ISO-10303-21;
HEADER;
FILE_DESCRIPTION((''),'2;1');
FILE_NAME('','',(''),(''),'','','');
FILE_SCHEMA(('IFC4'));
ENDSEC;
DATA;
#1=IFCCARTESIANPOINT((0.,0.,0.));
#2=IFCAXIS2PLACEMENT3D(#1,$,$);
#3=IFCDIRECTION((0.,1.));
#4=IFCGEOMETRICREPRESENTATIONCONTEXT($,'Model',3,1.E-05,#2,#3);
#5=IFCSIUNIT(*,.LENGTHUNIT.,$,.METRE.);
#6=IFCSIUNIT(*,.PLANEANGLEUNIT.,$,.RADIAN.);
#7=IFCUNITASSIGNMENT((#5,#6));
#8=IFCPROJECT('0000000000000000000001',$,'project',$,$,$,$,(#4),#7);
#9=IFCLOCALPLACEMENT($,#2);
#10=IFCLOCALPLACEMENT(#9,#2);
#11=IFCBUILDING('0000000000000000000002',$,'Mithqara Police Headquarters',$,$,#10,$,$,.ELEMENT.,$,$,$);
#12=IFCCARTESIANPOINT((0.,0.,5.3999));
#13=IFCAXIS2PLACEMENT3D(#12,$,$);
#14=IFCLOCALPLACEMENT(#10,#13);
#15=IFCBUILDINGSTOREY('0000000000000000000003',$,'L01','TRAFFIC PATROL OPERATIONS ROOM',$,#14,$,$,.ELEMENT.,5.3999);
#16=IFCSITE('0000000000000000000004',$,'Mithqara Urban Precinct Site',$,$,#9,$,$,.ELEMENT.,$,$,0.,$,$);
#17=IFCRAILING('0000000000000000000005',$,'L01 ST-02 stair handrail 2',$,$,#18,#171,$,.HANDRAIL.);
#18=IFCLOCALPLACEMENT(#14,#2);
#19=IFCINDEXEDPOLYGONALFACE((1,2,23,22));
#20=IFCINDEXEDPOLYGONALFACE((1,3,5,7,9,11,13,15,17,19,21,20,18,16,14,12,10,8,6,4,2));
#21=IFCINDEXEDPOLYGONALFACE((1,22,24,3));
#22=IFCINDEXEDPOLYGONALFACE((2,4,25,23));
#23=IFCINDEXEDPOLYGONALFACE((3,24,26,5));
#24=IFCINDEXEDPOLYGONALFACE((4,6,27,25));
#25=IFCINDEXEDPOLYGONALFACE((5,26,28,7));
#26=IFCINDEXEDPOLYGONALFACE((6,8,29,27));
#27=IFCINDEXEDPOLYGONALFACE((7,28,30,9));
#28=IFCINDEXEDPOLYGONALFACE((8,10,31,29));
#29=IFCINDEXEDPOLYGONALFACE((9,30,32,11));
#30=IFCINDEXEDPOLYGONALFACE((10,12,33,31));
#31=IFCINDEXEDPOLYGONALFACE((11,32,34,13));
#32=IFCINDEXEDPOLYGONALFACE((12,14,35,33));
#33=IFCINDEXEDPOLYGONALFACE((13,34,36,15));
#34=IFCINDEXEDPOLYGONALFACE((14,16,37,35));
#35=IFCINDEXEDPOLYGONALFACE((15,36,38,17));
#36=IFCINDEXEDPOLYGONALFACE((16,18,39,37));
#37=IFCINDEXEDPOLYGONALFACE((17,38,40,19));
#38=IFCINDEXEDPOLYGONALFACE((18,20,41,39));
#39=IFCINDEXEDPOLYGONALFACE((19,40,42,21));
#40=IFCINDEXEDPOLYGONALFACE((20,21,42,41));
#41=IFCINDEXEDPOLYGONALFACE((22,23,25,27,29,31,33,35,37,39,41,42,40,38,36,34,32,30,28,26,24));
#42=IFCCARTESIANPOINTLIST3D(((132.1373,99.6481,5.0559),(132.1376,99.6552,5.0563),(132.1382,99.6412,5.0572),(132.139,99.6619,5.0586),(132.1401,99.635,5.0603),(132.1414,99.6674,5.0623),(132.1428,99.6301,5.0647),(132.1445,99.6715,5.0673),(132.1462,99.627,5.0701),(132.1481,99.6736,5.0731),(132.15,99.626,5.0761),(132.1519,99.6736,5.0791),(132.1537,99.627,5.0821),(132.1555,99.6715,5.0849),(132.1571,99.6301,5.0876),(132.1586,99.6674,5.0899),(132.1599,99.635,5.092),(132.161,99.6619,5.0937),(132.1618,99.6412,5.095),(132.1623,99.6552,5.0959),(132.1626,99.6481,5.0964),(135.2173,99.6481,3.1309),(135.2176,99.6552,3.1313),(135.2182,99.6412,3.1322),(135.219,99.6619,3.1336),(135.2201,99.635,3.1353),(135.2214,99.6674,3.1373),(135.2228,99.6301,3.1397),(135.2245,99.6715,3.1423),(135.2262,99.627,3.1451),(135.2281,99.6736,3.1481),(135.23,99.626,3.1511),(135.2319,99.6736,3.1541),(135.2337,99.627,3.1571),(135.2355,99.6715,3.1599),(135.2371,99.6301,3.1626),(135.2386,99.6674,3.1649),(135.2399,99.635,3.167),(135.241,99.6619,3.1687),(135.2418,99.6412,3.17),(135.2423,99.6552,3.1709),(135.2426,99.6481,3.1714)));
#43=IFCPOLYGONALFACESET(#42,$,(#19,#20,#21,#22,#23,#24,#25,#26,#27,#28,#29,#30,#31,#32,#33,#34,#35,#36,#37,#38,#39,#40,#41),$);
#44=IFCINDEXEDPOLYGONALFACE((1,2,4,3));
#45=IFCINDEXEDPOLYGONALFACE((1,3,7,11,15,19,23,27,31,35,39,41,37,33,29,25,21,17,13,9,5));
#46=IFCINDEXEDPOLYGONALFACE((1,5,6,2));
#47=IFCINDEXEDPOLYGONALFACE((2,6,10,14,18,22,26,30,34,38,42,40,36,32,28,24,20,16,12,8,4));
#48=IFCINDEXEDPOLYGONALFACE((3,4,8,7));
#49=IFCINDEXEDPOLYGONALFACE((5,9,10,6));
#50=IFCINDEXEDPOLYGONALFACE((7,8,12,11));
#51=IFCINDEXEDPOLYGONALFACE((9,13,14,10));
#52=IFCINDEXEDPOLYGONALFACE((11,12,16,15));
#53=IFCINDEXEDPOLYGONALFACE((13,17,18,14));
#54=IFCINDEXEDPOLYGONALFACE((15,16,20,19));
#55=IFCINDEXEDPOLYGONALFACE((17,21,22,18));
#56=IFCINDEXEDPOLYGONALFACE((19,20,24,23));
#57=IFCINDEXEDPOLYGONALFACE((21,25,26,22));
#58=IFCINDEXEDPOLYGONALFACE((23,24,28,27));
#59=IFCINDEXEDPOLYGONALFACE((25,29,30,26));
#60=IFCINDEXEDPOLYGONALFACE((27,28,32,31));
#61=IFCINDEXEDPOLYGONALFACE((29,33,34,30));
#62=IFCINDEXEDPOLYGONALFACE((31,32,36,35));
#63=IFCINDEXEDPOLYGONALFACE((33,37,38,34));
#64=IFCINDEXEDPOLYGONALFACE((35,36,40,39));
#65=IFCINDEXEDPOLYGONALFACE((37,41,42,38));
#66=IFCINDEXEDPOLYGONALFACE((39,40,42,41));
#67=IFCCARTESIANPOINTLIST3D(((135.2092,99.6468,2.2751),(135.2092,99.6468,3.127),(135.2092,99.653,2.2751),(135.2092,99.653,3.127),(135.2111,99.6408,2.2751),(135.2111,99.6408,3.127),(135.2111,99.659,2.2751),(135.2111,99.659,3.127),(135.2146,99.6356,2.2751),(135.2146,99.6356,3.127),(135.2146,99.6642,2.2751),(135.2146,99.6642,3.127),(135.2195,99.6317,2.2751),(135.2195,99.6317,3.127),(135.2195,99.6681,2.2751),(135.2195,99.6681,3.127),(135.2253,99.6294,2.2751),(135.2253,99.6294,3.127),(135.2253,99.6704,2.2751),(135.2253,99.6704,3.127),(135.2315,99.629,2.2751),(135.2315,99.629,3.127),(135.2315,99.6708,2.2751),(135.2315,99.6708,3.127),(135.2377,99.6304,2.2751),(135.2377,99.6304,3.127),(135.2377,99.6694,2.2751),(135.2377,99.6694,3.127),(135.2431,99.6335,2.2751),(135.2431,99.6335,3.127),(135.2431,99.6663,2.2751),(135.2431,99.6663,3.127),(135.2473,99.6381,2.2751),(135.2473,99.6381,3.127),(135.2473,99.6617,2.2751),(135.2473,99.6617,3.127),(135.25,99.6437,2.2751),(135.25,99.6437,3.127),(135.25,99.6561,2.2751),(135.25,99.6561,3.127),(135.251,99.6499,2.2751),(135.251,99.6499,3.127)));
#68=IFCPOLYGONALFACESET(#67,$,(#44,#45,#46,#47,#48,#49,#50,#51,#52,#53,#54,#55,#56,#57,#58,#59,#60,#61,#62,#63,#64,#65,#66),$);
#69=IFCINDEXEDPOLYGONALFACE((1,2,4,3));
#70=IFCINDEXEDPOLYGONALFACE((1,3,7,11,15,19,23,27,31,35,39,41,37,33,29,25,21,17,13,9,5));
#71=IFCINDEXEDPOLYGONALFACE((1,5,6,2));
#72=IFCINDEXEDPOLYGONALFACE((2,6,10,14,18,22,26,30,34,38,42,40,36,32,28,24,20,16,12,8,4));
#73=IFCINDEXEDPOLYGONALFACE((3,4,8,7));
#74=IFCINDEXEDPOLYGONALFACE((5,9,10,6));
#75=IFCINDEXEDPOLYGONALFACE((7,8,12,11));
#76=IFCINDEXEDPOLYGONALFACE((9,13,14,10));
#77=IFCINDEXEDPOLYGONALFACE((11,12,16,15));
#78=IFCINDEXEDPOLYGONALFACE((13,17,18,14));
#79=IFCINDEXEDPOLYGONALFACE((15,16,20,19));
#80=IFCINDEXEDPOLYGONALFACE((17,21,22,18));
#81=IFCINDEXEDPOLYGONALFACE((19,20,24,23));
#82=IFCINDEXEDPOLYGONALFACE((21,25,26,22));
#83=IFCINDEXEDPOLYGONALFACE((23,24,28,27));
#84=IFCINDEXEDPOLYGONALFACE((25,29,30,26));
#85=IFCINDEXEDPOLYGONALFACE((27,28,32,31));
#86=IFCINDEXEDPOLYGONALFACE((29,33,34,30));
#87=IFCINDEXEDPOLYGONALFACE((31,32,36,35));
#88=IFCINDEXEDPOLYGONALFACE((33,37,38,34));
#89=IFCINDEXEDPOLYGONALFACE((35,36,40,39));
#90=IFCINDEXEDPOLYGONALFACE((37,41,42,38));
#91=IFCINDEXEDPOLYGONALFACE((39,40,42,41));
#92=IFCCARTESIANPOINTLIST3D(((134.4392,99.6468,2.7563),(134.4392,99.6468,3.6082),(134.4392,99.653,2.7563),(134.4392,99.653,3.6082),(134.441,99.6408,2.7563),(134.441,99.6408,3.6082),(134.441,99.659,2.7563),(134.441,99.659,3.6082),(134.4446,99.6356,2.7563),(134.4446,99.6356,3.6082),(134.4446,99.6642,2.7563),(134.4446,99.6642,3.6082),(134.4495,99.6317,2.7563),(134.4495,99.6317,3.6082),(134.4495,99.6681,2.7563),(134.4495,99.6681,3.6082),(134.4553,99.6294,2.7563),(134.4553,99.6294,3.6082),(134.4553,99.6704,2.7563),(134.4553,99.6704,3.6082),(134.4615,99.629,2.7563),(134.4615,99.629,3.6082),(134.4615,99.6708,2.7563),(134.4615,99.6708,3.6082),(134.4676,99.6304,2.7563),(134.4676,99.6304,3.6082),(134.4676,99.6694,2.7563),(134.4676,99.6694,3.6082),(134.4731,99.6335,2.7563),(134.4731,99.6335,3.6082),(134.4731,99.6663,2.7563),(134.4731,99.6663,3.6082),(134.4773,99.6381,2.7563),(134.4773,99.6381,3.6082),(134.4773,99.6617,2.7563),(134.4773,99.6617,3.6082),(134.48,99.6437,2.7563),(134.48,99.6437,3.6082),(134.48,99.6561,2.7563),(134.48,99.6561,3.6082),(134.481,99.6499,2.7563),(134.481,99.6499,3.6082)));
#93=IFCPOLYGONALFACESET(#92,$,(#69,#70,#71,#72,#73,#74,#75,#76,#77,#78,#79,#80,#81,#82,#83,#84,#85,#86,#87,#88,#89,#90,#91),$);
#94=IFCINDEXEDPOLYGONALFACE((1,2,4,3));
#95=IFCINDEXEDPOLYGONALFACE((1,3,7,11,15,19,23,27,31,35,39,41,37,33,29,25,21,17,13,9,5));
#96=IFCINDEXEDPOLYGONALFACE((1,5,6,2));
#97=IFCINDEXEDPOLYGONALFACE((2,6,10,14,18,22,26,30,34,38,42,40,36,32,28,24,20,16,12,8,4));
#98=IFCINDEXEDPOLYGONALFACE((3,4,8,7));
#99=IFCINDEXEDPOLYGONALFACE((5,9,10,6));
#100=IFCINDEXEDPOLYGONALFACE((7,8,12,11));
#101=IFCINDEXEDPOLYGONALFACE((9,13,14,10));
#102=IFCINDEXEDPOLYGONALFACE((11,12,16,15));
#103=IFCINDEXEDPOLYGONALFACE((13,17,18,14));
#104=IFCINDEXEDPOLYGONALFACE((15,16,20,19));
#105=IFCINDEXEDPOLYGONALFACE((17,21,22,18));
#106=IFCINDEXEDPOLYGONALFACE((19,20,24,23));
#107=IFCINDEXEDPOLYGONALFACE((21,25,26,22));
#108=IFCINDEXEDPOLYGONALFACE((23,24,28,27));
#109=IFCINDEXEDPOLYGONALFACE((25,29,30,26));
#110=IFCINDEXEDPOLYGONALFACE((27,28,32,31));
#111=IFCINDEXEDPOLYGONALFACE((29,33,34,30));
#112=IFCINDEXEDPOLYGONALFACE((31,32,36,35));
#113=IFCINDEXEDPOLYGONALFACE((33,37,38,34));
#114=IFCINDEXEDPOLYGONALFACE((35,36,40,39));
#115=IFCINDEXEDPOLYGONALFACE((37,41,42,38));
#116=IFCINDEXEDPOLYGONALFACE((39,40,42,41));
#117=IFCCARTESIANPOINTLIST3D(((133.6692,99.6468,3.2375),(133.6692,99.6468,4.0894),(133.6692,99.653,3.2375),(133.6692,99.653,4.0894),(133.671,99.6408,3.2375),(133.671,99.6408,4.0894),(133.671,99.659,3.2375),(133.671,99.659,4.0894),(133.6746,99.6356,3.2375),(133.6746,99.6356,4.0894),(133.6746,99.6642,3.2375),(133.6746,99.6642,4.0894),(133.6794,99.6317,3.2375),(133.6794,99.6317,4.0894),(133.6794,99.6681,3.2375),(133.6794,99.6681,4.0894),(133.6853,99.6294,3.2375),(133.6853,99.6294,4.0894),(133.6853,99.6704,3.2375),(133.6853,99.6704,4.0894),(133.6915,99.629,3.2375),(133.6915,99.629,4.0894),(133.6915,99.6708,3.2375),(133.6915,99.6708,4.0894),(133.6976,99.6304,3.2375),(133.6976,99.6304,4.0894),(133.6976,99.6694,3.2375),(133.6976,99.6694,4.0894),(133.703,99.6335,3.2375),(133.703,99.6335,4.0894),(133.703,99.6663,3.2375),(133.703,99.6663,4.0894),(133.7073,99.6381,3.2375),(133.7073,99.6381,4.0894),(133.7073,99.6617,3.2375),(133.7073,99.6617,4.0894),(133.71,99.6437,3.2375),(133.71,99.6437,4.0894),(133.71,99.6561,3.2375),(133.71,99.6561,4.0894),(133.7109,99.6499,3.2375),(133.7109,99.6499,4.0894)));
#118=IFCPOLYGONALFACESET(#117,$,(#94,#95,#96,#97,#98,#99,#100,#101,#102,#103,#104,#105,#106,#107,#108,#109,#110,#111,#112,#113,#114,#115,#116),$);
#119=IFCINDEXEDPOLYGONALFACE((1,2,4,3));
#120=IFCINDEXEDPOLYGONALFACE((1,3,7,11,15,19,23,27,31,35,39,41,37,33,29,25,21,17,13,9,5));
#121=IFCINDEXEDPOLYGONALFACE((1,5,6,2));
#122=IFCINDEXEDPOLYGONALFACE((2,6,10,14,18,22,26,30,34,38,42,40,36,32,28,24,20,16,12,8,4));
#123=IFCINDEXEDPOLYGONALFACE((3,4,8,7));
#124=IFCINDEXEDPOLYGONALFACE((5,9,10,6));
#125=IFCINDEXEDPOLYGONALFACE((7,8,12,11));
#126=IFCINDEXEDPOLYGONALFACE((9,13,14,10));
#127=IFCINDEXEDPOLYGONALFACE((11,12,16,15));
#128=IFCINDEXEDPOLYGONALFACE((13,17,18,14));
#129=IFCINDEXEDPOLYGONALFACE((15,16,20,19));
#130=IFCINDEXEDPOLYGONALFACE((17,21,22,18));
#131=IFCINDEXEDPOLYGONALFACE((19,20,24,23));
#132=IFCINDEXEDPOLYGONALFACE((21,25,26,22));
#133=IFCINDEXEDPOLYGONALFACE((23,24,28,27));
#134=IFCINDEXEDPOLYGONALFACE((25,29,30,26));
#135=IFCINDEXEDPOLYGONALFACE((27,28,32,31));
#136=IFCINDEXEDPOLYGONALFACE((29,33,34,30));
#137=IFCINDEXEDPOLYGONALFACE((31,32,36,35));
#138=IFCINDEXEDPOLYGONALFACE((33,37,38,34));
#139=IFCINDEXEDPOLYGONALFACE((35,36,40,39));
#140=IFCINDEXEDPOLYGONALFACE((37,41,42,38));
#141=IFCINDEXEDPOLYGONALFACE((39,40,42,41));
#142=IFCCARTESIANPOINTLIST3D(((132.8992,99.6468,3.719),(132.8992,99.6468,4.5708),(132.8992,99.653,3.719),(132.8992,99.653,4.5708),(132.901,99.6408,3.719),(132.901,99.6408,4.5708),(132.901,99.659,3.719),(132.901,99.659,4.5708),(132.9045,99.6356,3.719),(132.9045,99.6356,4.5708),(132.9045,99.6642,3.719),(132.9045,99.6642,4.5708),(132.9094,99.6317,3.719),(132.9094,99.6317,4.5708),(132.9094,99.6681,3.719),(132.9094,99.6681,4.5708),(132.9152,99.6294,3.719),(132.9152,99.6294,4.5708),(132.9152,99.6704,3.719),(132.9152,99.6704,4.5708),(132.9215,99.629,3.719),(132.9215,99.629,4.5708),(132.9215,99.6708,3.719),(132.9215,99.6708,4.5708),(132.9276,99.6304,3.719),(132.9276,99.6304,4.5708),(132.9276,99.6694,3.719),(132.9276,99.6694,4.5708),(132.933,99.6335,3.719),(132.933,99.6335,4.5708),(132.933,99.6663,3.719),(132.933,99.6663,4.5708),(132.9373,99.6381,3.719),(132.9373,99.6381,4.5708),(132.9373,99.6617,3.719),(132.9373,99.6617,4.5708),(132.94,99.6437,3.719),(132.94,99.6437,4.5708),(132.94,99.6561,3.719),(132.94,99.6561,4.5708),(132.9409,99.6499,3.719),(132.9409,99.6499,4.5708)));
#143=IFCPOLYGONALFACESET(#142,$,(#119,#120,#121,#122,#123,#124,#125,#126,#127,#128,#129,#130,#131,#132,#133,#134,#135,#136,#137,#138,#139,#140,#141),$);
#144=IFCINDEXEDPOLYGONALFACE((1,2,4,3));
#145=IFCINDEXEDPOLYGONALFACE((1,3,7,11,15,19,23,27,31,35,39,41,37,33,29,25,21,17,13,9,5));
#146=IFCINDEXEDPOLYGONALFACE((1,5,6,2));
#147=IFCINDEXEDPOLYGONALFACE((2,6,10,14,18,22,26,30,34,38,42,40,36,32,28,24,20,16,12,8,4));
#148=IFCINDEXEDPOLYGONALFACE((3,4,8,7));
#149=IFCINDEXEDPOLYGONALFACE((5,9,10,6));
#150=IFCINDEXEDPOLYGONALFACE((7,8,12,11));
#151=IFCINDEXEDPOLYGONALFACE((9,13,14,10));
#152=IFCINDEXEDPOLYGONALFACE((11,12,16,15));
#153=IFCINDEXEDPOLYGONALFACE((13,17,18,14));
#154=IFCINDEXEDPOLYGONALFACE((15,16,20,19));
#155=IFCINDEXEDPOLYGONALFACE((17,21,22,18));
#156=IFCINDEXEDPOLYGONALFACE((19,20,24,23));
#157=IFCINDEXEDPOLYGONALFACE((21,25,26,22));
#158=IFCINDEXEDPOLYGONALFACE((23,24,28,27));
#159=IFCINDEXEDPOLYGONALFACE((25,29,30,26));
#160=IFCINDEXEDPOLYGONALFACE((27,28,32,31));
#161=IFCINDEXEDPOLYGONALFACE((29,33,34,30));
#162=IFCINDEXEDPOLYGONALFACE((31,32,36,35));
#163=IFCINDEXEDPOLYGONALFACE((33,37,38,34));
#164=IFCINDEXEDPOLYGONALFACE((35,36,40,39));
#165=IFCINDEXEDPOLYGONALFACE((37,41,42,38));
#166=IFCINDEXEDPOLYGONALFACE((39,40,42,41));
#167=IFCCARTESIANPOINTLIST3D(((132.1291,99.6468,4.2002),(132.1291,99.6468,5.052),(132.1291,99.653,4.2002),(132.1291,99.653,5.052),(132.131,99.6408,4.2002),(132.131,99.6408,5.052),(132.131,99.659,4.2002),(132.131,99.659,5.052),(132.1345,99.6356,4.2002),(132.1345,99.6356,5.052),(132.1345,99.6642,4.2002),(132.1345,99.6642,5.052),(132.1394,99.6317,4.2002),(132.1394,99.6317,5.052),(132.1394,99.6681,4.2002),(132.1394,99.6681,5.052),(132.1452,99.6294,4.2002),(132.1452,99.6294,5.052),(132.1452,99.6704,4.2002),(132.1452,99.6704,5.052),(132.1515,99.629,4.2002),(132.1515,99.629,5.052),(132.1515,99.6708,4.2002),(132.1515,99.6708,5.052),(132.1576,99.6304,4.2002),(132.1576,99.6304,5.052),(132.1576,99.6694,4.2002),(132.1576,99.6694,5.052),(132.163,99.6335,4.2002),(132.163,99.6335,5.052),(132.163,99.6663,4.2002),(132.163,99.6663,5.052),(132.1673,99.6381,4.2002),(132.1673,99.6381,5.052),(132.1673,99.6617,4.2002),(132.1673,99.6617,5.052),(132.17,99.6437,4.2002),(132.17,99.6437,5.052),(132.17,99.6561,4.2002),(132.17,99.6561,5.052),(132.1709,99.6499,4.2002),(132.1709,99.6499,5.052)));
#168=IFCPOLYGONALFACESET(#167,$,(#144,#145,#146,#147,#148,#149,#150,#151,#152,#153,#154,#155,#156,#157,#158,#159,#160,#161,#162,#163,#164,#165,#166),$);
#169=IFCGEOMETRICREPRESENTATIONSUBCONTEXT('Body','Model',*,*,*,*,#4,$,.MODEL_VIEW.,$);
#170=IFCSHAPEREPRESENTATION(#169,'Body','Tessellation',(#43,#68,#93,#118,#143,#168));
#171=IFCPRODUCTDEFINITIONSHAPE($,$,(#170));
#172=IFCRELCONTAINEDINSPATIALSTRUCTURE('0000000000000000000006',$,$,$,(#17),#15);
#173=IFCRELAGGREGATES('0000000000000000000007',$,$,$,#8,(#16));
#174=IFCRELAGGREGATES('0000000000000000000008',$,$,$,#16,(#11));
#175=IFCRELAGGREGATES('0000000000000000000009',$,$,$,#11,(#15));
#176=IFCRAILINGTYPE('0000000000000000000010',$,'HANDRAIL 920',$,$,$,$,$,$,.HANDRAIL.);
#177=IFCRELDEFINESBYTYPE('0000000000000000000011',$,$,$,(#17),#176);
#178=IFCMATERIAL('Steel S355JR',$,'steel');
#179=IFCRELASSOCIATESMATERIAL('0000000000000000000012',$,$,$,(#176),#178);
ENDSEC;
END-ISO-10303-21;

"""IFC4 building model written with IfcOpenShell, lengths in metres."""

from ifc_helpers import new_model, si_unit, direction, frame, origin, origin_2d, place, context, subcontext, project, spatial, circle, extrude, material, type_object, element, save


model = new_model("IFC4")

# Units and contexts
model_context = context("Model", 3, precision=1e-05, world=origin(), true_north=direction((0.0, 1.0)))
body_context = subcontext(model_context, "Body", "Model", "MODEL_VIEW")
ifc_project = project(units=[si_unit("LENGTHUNIT", "METRE"), si_unit("PLANEANGLEUNIT", "RADIAN")], contexts=[model_context])

# Site, building, storey
site_placement = place(None, origin())
site = spatial("IfcSite", under=ifc_project, at=site_placement, Name="Mithqara Urban Precinct Site", CompositionType="ELEMENT", RefElevation=0.0)
building_placement = place(site_placement, origin())
building = spatial("IfcBuilding", under=site, at=building_placement, Name="Mithqara Police Headquarters", CompositionType="ELEMENT")
storey_placement = place(building_placement, frame((0.0, 0.0, 5.3999)))
storey = spatial("IfcBuildingStorey", under=building, at=storey_placement, Name="L01", Description="TRAFFIC PATROL OPERATIONS ROOM", CompositionType="ELEMENT", Elevation=5.3999)

# Shared definitions
ifc_material_1 = material(Name="Steel S355JR", Category="steel")

# Railing
railing_type_1 = type_object("IfcRailingType", Name="HANDRAIL 920", PredefinedType="HANDRAIL", material=ifc_material_1)
railing_1_placement = place(storey_placement, frame((135.23, 99.6499, 2.2751)))
element("IfcRailing", 1, at=railing_1_placement, inside=storey, type_object=railing_type_1, Name="L01 ST-02 stair handrail 2", PredefinedType="HANDRAIL", context=body_context, shape_type="SweptSolid", body=[
    extrude(circle(Radius=0.0239, at=origin_2d()), frame((0.0, 0.0, 0.876), z_axis=(-0.847998, 0.0, 0.529999), x_axis=(0.0, -1.0, 0.0)), (0.0, 0.0, 1.0), 3.6321),
    extrude(circle(Radius=0.021, at=origin_2d()), origin(), (0.0, 0.0, 1.0), 0.8518),
    extrude(circle(Radius=0.021, at=origin_2d()), frame((-0.77, 0.0, 0.4812)), (0.0, 0.0, 1.0), 0.8518),
    extrude(circle(Radius=0.021, at=origin_2d()), frame((-1.54, 0.0, 0.9624)), (0.0, 0.0, 1.0), 0.8518),
    extrude(circle(Radius=0.021, at=origin_2d()), frame((-2.3101, 0.0, 1.4438)), (0.0, 0.0, 1.0), 0.8518),
    extrude(circle(Radius=0.021, at=origin_2d()), frame((-3.0801, 0.0, 1.925)), (0.0, 0.0, 1.0), 0.8518),
])

save(model, "model.ifc")
